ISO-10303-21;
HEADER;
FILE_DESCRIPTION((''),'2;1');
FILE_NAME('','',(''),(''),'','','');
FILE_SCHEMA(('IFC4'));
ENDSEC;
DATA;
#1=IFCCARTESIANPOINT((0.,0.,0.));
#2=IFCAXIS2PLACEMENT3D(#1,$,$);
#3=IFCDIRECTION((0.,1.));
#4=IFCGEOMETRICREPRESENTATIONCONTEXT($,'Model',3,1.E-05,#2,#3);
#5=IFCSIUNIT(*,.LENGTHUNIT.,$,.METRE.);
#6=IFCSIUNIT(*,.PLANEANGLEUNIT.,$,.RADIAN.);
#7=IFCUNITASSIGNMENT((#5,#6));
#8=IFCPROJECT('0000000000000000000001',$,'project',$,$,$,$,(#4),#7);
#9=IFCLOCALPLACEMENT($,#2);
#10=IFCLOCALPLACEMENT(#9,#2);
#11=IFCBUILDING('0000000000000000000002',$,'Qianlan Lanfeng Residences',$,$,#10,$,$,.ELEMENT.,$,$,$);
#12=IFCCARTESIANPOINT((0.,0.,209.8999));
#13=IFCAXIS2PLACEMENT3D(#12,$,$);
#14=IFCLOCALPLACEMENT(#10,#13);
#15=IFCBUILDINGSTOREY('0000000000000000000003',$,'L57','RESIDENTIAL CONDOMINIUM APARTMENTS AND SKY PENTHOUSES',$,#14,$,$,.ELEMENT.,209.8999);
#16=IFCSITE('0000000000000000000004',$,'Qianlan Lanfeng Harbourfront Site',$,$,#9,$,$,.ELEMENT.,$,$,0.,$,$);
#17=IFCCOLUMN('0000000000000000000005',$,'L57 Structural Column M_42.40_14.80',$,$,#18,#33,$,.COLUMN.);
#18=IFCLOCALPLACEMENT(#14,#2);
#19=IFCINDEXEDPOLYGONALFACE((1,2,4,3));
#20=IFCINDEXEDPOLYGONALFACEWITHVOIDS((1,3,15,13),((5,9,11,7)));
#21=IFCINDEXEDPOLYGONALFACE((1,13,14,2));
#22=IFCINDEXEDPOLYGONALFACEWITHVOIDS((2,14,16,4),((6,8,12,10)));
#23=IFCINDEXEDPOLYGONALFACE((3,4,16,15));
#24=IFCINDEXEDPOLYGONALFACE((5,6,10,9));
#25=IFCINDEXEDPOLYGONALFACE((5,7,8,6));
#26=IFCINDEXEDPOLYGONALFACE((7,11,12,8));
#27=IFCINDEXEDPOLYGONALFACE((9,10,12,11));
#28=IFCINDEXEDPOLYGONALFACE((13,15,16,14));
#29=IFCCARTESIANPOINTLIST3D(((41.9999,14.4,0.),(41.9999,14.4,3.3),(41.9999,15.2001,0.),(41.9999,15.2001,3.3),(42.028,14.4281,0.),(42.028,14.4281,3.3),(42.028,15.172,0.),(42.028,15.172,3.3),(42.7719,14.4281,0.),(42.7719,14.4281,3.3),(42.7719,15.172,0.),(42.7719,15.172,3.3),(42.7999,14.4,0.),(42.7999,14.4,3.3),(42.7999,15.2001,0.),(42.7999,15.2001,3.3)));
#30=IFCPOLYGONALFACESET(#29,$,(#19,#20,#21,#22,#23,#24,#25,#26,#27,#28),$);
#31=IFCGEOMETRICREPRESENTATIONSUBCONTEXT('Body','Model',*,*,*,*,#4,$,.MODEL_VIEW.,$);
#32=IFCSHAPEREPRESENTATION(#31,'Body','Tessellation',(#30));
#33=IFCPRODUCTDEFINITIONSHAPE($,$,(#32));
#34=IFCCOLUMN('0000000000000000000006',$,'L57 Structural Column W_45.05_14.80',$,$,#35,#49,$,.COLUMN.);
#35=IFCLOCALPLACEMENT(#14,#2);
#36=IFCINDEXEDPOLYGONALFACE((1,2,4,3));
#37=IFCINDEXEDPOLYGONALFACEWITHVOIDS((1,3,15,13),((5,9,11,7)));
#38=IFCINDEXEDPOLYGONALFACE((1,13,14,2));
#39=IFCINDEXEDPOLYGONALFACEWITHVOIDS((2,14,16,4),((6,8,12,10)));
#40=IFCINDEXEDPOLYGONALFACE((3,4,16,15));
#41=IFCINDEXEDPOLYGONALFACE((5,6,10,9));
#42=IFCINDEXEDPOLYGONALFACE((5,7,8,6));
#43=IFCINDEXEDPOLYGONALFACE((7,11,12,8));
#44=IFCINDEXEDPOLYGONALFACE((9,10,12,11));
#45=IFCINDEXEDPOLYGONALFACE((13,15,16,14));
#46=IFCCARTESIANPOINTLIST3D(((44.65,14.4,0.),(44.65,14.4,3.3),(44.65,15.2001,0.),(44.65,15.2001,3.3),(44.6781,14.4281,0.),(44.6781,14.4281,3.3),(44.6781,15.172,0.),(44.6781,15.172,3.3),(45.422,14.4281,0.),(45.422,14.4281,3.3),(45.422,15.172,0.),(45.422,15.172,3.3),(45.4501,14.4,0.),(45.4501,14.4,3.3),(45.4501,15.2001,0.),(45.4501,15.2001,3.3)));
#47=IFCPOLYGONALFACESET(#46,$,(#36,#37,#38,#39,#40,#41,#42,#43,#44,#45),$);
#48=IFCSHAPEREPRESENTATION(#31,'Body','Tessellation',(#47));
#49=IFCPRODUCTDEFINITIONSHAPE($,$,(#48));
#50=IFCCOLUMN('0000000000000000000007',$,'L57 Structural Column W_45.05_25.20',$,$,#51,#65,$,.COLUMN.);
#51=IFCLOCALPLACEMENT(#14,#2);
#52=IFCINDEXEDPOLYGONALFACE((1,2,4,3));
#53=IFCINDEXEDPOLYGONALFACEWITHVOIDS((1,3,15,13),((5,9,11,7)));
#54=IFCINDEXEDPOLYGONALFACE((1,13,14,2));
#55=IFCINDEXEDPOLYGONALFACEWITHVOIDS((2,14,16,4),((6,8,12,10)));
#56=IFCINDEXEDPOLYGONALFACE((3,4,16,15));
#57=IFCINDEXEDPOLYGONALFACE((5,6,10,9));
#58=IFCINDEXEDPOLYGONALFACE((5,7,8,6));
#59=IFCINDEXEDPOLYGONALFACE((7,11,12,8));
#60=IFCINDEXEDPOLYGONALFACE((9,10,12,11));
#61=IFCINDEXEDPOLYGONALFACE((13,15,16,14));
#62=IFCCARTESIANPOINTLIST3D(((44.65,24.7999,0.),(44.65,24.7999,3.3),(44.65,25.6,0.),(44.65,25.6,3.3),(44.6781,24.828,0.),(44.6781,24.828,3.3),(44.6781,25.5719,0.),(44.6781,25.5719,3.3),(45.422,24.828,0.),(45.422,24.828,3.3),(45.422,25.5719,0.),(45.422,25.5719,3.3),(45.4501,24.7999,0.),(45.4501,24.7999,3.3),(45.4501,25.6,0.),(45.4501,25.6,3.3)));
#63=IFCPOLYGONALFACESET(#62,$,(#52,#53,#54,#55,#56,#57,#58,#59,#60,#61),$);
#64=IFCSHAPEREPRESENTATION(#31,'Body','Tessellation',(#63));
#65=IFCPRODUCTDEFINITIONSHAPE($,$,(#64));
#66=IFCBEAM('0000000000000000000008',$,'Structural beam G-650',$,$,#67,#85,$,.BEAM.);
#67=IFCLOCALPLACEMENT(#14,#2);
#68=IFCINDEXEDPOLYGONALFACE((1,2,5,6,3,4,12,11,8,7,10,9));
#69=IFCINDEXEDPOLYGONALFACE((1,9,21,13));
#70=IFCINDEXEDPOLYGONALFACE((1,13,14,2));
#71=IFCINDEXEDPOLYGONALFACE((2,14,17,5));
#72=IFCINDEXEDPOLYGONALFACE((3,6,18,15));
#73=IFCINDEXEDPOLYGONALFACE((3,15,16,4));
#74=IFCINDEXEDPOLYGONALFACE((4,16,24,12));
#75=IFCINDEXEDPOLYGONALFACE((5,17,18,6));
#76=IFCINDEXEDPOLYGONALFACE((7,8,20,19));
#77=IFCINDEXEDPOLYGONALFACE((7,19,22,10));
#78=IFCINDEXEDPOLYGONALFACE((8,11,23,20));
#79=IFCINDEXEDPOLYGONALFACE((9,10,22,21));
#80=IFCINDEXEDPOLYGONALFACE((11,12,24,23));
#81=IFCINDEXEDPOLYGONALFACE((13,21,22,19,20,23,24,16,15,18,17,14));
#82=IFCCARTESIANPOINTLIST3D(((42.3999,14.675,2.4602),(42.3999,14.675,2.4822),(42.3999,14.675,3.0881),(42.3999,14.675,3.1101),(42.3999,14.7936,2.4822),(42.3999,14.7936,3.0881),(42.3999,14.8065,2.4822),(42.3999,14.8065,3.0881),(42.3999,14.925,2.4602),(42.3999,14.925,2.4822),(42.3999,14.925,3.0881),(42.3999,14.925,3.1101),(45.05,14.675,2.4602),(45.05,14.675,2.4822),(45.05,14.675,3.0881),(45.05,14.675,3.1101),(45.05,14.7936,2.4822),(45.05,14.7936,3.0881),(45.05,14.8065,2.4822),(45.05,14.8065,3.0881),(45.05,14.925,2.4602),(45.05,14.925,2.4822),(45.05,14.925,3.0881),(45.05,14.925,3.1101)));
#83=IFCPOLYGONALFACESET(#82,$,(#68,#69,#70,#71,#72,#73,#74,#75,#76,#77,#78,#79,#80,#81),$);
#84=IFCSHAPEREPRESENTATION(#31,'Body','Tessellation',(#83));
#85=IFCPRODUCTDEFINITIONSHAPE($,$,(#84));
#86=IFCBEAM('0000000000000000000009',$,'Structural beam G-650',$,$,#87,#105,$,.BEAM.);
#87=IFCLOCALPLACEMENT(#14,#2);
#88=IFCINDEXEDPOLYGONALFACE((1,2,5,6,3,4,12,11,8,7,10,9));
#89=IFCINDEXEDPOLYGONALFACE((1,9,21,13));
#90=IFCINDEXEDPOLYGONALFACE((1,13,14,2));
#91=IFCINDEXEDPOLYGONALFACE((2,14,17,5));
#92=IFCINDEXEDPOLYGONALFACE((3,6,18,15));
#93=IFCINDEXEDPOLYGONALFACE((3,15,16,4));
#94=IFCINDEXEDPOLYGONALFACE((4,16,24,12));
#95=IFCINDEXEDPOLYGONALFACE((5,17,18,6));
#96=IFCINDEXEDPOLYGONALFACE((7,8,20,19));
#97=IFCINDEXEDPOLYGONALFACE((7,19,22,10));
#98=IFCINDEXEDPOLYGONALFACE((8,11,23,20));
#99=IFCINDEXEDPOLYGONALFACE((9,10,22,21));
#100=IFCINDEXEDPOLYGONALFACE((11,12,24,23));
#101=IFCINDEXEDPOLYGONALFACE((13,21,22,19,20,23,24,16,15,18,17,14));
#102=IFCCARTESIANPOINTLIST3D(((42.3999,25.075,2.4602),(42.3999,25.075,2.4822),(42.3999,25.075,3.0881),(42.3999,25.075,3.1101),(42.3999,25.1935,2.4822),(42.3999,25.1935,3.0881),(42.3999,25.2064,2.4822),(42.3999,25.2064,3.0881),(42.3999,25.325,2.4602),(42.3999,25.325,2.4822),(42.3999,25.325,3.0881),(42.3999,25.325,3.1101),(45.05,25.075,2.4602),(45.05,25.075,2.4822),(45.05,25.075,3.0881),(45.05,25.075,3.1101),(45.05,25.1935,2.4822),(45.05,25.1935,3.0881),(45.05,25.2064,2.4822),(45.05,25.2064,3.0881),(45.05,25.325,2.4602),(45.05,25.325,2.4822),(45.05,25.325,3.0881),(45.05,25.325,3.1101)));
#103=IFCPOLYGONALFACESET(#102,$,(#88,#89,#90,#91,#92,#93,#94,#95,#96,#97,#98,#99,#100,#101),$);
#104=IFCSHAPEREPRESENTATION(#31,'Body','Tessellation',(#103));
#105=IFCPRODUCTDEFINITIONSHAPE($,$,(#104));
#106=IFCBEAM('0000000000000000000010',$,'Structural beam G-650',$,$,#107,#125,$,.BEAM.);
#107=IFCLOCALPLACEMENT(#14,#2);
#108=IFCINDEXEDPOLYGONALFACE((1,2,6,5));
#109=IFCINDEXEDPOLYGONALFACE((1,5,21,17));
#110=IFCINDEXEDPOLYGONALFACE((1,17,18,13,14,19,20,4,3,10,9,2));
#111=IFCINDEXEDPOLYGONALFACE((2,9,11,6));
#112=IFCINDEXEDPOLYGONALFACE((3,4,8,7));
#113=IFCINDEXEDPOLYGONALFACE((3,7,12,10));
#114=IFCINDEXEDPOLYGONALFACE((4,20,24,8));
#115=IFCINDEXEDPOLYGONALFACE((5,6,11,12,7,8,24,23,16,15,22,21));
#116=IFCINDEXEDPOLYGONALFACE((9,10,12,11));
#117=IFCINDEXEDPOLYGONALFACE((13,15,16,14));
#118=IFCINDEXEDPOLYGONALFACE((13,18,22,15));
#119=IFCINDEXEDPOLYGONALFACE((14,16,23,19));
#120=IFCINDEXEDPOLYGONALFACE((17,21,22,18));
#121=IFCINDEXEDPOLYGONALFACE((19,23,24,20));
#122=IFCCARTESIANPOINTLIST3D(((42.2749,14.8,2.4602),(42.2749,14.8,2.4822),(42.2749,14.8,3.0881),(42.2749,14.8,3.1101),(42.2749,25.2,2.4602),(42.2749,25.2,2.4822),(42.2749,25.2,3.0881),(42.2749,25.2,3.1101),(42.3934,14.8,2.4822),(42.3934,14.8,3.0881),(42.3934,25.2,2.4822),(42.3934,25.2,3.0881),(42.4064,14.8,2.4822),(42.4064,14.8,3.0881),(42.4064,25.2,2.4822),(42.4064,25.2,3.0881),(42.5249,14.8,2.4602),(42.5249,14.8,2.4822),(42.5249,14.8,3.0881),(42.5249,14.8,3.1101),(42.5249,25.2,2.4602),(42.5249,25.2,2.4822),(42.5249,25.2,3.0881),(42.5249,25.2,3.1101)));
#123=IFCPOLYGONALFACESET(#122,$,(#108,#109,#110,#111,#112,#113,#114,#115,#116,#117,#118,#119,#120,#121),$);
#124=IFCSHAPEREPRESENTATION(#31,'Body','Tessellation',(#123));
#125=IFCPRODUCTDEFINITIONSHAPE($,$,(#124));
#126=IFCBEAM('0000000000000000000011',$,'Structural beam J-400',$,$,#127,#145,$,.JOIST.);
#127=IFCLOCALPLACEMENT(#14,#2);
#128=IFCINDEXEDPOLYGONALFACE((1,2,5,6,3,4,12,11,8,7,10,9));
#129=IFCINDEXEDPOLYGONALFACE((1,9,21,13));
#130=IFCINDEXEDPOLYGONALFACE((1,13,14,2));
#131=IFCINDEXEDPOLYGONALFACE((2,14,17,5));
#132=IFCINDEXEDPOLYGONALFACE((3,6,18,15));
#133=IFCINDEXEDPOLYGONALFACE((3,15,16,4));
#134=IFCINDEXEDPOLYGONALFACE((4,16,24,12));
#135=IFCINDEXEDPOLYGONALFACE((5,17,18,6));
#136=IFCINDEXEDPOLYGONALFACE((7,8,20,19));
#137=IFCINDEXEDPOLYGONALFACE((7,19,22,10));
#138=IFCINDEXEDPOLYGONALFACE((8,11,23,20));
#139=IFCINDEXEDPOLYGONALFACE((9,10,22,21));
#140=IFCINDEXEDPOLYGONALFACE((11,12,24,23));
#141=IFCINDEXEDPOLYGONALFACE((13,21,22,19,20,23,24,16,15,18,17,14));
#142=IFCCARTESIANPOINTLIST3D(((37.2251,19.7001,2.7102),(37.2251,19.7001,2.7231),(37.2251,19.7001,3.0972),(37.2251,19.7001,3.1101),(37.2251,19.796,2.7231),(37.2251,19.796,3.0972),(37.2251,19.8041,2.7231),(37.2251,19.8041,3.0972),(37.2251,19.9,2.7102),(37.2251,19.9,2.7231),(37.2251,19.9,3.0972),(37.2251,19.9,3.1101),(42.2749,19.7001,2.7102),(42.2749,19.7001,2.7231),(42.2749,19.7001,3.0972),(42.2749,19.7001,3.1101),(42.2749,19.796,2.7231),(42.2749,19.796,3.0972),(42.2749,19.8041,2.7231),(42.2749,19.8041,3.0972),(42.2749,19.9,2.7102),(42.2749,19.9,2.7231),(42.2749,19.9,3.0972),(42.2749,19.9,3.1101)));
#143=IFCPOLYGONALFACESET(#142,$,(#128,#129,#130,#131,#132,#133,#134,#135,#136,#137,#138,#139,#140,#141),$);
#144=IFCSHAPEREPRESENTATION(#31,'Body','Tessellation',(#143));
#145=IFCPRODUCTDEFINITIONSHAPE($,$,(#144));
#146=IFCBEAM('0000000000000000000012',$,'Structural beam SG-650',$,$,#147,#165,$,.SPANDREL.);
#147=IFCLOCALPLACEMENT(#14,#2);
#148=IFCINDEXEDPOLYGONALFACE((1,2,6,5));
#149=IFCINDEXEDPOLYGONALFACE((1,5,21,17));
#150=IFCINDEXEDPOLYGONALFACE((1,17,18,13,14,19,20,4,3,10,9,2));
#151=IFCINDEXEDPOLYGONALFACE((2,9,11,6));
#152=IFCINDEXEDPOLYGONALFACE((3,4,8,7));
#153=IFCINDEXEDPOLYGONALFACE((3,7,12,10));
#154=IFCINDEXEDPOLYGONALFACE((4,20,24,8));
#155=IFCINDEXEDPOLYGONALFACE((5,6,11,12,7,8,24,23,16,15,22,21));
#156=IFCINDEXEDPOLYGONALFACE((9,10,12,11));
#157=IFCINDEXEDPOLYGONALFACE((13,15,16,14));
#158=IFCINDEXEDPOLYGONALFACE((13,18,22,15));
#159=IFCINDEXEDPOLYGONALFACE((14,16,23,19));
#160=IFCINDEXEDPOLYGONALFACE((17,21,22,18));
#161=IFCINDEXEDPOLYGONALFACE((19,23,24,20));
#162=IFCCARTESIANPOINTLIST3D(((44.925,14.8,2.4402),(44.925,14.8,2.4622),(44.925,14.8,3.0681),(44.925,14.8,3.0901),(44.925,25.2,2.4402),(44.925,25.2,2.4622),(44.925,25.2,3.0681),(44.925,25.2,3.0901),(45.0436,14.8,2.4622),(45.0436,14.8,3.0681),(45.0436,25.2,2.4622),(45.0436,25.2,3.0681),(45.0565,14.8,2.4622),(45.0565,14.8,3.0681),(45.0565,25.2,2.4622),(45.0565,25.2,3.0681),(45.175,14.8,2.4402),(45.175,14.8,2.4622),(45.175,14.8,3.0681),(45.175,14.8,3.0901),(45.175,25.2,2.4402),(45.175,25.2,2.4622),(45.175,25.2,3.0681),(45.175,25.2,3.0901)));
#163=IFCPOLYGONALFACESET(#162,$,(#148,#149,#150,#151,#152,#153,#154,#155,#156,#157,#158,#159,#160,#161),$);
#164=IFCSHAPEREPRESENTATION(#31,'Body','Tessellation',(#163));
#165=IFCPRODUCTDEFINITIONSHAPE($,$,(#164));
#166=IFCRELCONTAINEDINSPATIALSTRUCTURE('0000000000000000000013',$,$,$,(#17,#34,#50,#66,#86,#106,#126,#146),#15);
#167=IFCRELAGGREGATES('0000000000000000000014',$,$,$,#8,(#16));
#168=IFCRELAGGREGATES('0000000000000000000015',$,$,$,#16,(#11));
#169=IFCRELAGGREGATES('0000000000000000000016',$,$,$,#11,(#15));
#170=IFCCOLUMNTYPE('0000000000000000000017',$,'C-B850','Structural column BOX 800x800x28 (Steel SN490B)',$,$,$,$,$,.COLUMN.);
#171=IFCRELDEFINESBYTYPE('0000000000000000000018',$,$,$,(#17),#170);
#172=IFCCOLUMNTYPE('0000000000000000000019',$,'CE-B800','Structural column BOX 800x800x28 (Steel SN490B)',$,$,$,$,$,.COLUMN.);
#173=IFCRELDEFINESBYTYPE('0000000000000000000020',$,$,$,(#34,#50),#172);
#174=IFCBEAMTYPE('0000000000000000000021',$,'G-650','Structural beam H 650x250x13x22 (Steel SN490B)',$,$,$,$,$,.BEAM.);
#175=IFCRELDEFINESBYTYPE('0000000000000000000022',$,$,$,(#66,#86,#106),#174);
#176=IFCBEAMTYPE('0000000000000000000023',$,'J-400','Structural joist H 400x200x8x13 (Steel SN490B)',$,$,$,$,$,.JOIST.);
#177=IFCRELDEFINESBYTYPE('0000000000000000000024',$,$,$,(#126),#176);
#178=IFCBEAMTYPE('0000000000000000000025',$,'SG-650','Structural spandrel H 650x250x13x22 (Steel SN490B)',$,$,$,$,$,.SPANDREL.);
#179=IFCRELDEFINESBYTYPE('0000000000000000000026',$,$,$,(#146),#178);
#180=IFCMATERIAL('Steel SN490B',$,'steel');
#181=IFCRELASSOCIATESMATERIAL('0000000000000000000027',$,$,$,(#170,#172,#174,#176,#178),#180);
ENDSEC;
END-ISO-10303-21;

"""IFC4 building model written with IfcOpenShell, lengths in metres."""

from ifc_helpers import new_model, si_unit, direction, frame, origin, origin_2d, place, context, subcontext, project, spatial, hollow_rectangle, i_section, extrude, material, material_profile, profile_set, type_object, element, save


model = new_model("IFC4")

# Units and contexts
model_context = context("Model", 3, precision=1e-05, world=origin(), true_north=direction((0.0, 1.0)))
body_context = subcontext(model_context, "Body", "Model", "MODEL_VIEW")
ifc_project = project(units=[si_unit("LENGTHUNIT", "METRE"), si_unit("PLANEANGLEUNIT", "RADIAN")], contexts=[model_context])

# Site, building, storey
site_placement = place(None, origin())
site = spatial("IfcSite", under=ifc_project, at=site_placement, Name="Qianlan Lanfeng Harbourfront Site", CompositionType="ELEMENT", RefElevation=0.0)
building_placement = place(site_placement, origin())
building = spatial("IfcBuilding", under=site, at=building_placement, Name="Qianlan Lanfeng Residences", CompositionType="ELEMENT")
storey_placement = place(building_placement, frame((0.0, 0.0, 209.8999)))
storey = spatial("IfcBuildingStorey", under=building, at=storey_placement, Name="L57", Description="RESIDENTIAL CONDOMINIUM APARTMENTS AND SKY PENTHOUSES", CompositionType="ELEMENT", Elevation=209.8999)

# Columns
ifc_material_1 = material(Name="Steel SN490B", Category="steel")
ifc_material_profile_1 = material_profile(ifc_material_1, hollow_rectangle(XDim=0.8, YDim=0.8, WallThickness=0.0281, at=origin_2d()), Name="BOX 800x800x28")
ifc_profile_set_1 = profile_set([ifc_material_profile_1], Name="Steel SN490B")
column_type_1 = type_object("IfcColumnType", Name="C-B850", Description="Structural column BOX 800x800x28 (Steel SN490B)", PredefinedType="COLUMN", material=ifc_profile_set_1)
column_placement = place(storey_placement, frame((42.3999, 14.8, 0.0), z_axis=(0.0, 0.0, 1.0), x_axis=(1.0, 0.0, 0.0)))
element("IfcColumn", 1, at=column_placement, inside=storey, type_object=column_type_1, Name="L57 Structural Column M_42.40_14.80", PredefinedType="COLUMN", context=body_context, shape_type="SweptSolid", body=[
    extrude(hollow_rectangle(XDim=0.8, YDim=0.8, WallThickness=0.0281, at=origin_2d()), origin(), (0.0, 0.0, 1.0), 3.3),
])
ifc_material_profile_2 = material_profile(ifc_material_1, hollow_rectangle(XDim=0.8, YDim=0.8, WallThickness=0.0281, at=origin_2d()), Name="BOX 800x800x28")
ifc_profile_set_2 = profile_set([ifc_material_profile_2], Name="Steel SN490B")
column_type_2 = type_object("IfcColumnType", Name="CE-B800", Description="Structural column BOX 800x800x28 (Steel SN490B)", PredefinedType="COLUMN", material=ifc_profile_set_2)
for number, where, z_axis, x_axis, name in (
    (2, (45.05, 14.8, 0.0), (0.0, 0.0, 1.0), (1.0, 0.0, 0.0), "L57 Structural Column W_45.05_14.80"),
    (3, (45.05, 25.2, 0.0), (0.0, 0.0, 1.0), (1.0, 0.0, 0.0), "L57 Structural Column W_45.05_25.20"),
):
    element("IfcColumn", number, at=place(storey_placement, frame(where, z_axis=z_axis, x_axis=x_axis)), inside=storey, type_object=column_type_2, Name=name, PredefinedType="COLUMN", context=body_context, shape_type="SweptSolid", body=[
        extrude(hollow_rectangle(XDim=0.8, YDim=0.8, WallThickness=0.0281, at=origin_2d()), origin(), (0.0, 0.0, 1.0), 3.3),
    ])

# Beams
ifc_material_profile_3 = material_profile(ifc_material_1, i_section(OverallWidth=0.25, OverallDepth=0.6499, WebThickness=0.0129, FlangeThickness=0.022, at=origin_2d()), Name="H 650x250x13x22")
ifc_profile_set_3 = profile_set([ifc_material_profile_3], Name="Steel SN490B")
beam_type_1 = type_object("IfcBeamType", Name="G-650", Description="Structural beam H 650x250x13x22 (Steel SN490B)", PredefinedType="BEAM", material=ifc_profile_set_3)
for number, where, z_axis, x_axis, name in (
    (4, (42.3999, 14.8, 2.7852), (1.0, 0.0, 0.0), (0.0, 1.0, 0.0), "Structural beam G-650"),
    (5, (42.3999, 25.2, 2.7852), (1.0, 0.0, 0.0), (0.0, 1.0, 0.0), "Structural beam G-650"),
):
    element("IfcBeam", number, at=place(storey_placement, frame(where, z_axis=z_axis, x_axis=x_axis)), inside=storey, type_object=beam_type_1, Name=name, PredefinedType="BEAM", context=body_context, shape_type="SweptSolid", body=[
        extrude(i_section(OverallWidth=0.25, OverallDepth=0.6499, WebThickness=0.0129, FlangeThickness=0.022, at=origin_2d()), origin(), (0.0, 0.0, 1.0), 2.6501),
    ])
beam_1_placement = place(storey_placement, frame((42.3999, 14.8, 2.7852), z_axis=(0.0, 1.0, 0.0), x_axis=(-1.0, 0.0, 0.0)))
element("IfcBeam", 6, at=beam_1_placement, inside=storey, type_object=beam_type_1, Name="Structural beam G-650", PredefinedType="BEAM", context=body_context, shape_type="SweptSolid", body=[
    extrude(i_section(OverallWidth=0.25, OverallDepth=0.6499, WebThickness=0.0129, FlangeThickness=0.022, at=origin_2d()), origin(), (0.0, 0.0, 1.0), 10.3999),
])
ifc_material_profile_4 = material_profile(ifc_material_1, i_section(OverallWidth=0.2, OverallDepth=0.3999, WebThickness=0.0081, FlangeThickness=0.0129, at=origin_2d()), Name="H 400x200x8x13")
ifc_profile_set_4 = profile_set([ifc_material_profile_4], Name="Steel SN490B")
beam_type_2 = type_object("IfcBeamType", Name="J-400", Description="Structural joist H 400x200x8x13 (Steel SN490B)", PredefinedType="JOIST", material=ifc_profile_set_4)
beam_2_placement = place(storey_placement, frame((37.2251, 19.8, 2.9102), z_axis=(1.0, 0.0, 0.0), x_axis=(0.0, 1.0, 0.0)))
element("IfcBeam", 7, at=beam_2_placement, inside=storey, type_object=beam_type_2, Name="Structural beam J-400", PredefinedType="JOIST", context=body_context, shape_type="SweptSolid", body=[
    extrude(i_section(OverallWidth=0.2, OverallDepth=0.3999, WebThickness=0.0081, FlangeThickness=0.0129, at=origin_2d()), origin(), (0.0, 0.0, 1.0), 5.0498),
])
ifc_material_profile_5 = material_profile(ifc_material_1, i_section(OverallWidth=0.25, OverallDepth=0.6499, WebThickness=0.0129, FlangeThickness=0.022, at=origin_2d()), Name="H 650x250x13x22")
ifc_profile_set_5 = profile_set([ifc_material_profile_5], Name="Steel SN490B")
beam_type_3 = type_object("IfcBeamType", Name="SG-650", Description="Structural spandrel H 650x250x13x22 (Steel SN490B)", PredefinedType="SPANDREL", material=ifc_profile_set_5)
beam_3_placement = place(storey_placement, frame((45.05, 14.8, 2.7651), z_axis=(0.0, 1.0, 0.0), x_axis=(-1.0, 0.0, 0.0)))
element("IfcBeam", 8, at=beam_3_placement, inside=storey, type_object=beam_type_3, Name="Structural beam SG-650", PredefinedType="SPANDREL", context=body_context, shape_type="SweptSolid", body=[
    extrude(i_section(OverallWidth=0.25, OverallDepth=0.6499, WebThickness=0.0129, FlangeThickness=0.022, at=origin_2d()), origin(), (0.0, 0.0, 1.0), 10.3999),
])

save(model, "model.ifc")
